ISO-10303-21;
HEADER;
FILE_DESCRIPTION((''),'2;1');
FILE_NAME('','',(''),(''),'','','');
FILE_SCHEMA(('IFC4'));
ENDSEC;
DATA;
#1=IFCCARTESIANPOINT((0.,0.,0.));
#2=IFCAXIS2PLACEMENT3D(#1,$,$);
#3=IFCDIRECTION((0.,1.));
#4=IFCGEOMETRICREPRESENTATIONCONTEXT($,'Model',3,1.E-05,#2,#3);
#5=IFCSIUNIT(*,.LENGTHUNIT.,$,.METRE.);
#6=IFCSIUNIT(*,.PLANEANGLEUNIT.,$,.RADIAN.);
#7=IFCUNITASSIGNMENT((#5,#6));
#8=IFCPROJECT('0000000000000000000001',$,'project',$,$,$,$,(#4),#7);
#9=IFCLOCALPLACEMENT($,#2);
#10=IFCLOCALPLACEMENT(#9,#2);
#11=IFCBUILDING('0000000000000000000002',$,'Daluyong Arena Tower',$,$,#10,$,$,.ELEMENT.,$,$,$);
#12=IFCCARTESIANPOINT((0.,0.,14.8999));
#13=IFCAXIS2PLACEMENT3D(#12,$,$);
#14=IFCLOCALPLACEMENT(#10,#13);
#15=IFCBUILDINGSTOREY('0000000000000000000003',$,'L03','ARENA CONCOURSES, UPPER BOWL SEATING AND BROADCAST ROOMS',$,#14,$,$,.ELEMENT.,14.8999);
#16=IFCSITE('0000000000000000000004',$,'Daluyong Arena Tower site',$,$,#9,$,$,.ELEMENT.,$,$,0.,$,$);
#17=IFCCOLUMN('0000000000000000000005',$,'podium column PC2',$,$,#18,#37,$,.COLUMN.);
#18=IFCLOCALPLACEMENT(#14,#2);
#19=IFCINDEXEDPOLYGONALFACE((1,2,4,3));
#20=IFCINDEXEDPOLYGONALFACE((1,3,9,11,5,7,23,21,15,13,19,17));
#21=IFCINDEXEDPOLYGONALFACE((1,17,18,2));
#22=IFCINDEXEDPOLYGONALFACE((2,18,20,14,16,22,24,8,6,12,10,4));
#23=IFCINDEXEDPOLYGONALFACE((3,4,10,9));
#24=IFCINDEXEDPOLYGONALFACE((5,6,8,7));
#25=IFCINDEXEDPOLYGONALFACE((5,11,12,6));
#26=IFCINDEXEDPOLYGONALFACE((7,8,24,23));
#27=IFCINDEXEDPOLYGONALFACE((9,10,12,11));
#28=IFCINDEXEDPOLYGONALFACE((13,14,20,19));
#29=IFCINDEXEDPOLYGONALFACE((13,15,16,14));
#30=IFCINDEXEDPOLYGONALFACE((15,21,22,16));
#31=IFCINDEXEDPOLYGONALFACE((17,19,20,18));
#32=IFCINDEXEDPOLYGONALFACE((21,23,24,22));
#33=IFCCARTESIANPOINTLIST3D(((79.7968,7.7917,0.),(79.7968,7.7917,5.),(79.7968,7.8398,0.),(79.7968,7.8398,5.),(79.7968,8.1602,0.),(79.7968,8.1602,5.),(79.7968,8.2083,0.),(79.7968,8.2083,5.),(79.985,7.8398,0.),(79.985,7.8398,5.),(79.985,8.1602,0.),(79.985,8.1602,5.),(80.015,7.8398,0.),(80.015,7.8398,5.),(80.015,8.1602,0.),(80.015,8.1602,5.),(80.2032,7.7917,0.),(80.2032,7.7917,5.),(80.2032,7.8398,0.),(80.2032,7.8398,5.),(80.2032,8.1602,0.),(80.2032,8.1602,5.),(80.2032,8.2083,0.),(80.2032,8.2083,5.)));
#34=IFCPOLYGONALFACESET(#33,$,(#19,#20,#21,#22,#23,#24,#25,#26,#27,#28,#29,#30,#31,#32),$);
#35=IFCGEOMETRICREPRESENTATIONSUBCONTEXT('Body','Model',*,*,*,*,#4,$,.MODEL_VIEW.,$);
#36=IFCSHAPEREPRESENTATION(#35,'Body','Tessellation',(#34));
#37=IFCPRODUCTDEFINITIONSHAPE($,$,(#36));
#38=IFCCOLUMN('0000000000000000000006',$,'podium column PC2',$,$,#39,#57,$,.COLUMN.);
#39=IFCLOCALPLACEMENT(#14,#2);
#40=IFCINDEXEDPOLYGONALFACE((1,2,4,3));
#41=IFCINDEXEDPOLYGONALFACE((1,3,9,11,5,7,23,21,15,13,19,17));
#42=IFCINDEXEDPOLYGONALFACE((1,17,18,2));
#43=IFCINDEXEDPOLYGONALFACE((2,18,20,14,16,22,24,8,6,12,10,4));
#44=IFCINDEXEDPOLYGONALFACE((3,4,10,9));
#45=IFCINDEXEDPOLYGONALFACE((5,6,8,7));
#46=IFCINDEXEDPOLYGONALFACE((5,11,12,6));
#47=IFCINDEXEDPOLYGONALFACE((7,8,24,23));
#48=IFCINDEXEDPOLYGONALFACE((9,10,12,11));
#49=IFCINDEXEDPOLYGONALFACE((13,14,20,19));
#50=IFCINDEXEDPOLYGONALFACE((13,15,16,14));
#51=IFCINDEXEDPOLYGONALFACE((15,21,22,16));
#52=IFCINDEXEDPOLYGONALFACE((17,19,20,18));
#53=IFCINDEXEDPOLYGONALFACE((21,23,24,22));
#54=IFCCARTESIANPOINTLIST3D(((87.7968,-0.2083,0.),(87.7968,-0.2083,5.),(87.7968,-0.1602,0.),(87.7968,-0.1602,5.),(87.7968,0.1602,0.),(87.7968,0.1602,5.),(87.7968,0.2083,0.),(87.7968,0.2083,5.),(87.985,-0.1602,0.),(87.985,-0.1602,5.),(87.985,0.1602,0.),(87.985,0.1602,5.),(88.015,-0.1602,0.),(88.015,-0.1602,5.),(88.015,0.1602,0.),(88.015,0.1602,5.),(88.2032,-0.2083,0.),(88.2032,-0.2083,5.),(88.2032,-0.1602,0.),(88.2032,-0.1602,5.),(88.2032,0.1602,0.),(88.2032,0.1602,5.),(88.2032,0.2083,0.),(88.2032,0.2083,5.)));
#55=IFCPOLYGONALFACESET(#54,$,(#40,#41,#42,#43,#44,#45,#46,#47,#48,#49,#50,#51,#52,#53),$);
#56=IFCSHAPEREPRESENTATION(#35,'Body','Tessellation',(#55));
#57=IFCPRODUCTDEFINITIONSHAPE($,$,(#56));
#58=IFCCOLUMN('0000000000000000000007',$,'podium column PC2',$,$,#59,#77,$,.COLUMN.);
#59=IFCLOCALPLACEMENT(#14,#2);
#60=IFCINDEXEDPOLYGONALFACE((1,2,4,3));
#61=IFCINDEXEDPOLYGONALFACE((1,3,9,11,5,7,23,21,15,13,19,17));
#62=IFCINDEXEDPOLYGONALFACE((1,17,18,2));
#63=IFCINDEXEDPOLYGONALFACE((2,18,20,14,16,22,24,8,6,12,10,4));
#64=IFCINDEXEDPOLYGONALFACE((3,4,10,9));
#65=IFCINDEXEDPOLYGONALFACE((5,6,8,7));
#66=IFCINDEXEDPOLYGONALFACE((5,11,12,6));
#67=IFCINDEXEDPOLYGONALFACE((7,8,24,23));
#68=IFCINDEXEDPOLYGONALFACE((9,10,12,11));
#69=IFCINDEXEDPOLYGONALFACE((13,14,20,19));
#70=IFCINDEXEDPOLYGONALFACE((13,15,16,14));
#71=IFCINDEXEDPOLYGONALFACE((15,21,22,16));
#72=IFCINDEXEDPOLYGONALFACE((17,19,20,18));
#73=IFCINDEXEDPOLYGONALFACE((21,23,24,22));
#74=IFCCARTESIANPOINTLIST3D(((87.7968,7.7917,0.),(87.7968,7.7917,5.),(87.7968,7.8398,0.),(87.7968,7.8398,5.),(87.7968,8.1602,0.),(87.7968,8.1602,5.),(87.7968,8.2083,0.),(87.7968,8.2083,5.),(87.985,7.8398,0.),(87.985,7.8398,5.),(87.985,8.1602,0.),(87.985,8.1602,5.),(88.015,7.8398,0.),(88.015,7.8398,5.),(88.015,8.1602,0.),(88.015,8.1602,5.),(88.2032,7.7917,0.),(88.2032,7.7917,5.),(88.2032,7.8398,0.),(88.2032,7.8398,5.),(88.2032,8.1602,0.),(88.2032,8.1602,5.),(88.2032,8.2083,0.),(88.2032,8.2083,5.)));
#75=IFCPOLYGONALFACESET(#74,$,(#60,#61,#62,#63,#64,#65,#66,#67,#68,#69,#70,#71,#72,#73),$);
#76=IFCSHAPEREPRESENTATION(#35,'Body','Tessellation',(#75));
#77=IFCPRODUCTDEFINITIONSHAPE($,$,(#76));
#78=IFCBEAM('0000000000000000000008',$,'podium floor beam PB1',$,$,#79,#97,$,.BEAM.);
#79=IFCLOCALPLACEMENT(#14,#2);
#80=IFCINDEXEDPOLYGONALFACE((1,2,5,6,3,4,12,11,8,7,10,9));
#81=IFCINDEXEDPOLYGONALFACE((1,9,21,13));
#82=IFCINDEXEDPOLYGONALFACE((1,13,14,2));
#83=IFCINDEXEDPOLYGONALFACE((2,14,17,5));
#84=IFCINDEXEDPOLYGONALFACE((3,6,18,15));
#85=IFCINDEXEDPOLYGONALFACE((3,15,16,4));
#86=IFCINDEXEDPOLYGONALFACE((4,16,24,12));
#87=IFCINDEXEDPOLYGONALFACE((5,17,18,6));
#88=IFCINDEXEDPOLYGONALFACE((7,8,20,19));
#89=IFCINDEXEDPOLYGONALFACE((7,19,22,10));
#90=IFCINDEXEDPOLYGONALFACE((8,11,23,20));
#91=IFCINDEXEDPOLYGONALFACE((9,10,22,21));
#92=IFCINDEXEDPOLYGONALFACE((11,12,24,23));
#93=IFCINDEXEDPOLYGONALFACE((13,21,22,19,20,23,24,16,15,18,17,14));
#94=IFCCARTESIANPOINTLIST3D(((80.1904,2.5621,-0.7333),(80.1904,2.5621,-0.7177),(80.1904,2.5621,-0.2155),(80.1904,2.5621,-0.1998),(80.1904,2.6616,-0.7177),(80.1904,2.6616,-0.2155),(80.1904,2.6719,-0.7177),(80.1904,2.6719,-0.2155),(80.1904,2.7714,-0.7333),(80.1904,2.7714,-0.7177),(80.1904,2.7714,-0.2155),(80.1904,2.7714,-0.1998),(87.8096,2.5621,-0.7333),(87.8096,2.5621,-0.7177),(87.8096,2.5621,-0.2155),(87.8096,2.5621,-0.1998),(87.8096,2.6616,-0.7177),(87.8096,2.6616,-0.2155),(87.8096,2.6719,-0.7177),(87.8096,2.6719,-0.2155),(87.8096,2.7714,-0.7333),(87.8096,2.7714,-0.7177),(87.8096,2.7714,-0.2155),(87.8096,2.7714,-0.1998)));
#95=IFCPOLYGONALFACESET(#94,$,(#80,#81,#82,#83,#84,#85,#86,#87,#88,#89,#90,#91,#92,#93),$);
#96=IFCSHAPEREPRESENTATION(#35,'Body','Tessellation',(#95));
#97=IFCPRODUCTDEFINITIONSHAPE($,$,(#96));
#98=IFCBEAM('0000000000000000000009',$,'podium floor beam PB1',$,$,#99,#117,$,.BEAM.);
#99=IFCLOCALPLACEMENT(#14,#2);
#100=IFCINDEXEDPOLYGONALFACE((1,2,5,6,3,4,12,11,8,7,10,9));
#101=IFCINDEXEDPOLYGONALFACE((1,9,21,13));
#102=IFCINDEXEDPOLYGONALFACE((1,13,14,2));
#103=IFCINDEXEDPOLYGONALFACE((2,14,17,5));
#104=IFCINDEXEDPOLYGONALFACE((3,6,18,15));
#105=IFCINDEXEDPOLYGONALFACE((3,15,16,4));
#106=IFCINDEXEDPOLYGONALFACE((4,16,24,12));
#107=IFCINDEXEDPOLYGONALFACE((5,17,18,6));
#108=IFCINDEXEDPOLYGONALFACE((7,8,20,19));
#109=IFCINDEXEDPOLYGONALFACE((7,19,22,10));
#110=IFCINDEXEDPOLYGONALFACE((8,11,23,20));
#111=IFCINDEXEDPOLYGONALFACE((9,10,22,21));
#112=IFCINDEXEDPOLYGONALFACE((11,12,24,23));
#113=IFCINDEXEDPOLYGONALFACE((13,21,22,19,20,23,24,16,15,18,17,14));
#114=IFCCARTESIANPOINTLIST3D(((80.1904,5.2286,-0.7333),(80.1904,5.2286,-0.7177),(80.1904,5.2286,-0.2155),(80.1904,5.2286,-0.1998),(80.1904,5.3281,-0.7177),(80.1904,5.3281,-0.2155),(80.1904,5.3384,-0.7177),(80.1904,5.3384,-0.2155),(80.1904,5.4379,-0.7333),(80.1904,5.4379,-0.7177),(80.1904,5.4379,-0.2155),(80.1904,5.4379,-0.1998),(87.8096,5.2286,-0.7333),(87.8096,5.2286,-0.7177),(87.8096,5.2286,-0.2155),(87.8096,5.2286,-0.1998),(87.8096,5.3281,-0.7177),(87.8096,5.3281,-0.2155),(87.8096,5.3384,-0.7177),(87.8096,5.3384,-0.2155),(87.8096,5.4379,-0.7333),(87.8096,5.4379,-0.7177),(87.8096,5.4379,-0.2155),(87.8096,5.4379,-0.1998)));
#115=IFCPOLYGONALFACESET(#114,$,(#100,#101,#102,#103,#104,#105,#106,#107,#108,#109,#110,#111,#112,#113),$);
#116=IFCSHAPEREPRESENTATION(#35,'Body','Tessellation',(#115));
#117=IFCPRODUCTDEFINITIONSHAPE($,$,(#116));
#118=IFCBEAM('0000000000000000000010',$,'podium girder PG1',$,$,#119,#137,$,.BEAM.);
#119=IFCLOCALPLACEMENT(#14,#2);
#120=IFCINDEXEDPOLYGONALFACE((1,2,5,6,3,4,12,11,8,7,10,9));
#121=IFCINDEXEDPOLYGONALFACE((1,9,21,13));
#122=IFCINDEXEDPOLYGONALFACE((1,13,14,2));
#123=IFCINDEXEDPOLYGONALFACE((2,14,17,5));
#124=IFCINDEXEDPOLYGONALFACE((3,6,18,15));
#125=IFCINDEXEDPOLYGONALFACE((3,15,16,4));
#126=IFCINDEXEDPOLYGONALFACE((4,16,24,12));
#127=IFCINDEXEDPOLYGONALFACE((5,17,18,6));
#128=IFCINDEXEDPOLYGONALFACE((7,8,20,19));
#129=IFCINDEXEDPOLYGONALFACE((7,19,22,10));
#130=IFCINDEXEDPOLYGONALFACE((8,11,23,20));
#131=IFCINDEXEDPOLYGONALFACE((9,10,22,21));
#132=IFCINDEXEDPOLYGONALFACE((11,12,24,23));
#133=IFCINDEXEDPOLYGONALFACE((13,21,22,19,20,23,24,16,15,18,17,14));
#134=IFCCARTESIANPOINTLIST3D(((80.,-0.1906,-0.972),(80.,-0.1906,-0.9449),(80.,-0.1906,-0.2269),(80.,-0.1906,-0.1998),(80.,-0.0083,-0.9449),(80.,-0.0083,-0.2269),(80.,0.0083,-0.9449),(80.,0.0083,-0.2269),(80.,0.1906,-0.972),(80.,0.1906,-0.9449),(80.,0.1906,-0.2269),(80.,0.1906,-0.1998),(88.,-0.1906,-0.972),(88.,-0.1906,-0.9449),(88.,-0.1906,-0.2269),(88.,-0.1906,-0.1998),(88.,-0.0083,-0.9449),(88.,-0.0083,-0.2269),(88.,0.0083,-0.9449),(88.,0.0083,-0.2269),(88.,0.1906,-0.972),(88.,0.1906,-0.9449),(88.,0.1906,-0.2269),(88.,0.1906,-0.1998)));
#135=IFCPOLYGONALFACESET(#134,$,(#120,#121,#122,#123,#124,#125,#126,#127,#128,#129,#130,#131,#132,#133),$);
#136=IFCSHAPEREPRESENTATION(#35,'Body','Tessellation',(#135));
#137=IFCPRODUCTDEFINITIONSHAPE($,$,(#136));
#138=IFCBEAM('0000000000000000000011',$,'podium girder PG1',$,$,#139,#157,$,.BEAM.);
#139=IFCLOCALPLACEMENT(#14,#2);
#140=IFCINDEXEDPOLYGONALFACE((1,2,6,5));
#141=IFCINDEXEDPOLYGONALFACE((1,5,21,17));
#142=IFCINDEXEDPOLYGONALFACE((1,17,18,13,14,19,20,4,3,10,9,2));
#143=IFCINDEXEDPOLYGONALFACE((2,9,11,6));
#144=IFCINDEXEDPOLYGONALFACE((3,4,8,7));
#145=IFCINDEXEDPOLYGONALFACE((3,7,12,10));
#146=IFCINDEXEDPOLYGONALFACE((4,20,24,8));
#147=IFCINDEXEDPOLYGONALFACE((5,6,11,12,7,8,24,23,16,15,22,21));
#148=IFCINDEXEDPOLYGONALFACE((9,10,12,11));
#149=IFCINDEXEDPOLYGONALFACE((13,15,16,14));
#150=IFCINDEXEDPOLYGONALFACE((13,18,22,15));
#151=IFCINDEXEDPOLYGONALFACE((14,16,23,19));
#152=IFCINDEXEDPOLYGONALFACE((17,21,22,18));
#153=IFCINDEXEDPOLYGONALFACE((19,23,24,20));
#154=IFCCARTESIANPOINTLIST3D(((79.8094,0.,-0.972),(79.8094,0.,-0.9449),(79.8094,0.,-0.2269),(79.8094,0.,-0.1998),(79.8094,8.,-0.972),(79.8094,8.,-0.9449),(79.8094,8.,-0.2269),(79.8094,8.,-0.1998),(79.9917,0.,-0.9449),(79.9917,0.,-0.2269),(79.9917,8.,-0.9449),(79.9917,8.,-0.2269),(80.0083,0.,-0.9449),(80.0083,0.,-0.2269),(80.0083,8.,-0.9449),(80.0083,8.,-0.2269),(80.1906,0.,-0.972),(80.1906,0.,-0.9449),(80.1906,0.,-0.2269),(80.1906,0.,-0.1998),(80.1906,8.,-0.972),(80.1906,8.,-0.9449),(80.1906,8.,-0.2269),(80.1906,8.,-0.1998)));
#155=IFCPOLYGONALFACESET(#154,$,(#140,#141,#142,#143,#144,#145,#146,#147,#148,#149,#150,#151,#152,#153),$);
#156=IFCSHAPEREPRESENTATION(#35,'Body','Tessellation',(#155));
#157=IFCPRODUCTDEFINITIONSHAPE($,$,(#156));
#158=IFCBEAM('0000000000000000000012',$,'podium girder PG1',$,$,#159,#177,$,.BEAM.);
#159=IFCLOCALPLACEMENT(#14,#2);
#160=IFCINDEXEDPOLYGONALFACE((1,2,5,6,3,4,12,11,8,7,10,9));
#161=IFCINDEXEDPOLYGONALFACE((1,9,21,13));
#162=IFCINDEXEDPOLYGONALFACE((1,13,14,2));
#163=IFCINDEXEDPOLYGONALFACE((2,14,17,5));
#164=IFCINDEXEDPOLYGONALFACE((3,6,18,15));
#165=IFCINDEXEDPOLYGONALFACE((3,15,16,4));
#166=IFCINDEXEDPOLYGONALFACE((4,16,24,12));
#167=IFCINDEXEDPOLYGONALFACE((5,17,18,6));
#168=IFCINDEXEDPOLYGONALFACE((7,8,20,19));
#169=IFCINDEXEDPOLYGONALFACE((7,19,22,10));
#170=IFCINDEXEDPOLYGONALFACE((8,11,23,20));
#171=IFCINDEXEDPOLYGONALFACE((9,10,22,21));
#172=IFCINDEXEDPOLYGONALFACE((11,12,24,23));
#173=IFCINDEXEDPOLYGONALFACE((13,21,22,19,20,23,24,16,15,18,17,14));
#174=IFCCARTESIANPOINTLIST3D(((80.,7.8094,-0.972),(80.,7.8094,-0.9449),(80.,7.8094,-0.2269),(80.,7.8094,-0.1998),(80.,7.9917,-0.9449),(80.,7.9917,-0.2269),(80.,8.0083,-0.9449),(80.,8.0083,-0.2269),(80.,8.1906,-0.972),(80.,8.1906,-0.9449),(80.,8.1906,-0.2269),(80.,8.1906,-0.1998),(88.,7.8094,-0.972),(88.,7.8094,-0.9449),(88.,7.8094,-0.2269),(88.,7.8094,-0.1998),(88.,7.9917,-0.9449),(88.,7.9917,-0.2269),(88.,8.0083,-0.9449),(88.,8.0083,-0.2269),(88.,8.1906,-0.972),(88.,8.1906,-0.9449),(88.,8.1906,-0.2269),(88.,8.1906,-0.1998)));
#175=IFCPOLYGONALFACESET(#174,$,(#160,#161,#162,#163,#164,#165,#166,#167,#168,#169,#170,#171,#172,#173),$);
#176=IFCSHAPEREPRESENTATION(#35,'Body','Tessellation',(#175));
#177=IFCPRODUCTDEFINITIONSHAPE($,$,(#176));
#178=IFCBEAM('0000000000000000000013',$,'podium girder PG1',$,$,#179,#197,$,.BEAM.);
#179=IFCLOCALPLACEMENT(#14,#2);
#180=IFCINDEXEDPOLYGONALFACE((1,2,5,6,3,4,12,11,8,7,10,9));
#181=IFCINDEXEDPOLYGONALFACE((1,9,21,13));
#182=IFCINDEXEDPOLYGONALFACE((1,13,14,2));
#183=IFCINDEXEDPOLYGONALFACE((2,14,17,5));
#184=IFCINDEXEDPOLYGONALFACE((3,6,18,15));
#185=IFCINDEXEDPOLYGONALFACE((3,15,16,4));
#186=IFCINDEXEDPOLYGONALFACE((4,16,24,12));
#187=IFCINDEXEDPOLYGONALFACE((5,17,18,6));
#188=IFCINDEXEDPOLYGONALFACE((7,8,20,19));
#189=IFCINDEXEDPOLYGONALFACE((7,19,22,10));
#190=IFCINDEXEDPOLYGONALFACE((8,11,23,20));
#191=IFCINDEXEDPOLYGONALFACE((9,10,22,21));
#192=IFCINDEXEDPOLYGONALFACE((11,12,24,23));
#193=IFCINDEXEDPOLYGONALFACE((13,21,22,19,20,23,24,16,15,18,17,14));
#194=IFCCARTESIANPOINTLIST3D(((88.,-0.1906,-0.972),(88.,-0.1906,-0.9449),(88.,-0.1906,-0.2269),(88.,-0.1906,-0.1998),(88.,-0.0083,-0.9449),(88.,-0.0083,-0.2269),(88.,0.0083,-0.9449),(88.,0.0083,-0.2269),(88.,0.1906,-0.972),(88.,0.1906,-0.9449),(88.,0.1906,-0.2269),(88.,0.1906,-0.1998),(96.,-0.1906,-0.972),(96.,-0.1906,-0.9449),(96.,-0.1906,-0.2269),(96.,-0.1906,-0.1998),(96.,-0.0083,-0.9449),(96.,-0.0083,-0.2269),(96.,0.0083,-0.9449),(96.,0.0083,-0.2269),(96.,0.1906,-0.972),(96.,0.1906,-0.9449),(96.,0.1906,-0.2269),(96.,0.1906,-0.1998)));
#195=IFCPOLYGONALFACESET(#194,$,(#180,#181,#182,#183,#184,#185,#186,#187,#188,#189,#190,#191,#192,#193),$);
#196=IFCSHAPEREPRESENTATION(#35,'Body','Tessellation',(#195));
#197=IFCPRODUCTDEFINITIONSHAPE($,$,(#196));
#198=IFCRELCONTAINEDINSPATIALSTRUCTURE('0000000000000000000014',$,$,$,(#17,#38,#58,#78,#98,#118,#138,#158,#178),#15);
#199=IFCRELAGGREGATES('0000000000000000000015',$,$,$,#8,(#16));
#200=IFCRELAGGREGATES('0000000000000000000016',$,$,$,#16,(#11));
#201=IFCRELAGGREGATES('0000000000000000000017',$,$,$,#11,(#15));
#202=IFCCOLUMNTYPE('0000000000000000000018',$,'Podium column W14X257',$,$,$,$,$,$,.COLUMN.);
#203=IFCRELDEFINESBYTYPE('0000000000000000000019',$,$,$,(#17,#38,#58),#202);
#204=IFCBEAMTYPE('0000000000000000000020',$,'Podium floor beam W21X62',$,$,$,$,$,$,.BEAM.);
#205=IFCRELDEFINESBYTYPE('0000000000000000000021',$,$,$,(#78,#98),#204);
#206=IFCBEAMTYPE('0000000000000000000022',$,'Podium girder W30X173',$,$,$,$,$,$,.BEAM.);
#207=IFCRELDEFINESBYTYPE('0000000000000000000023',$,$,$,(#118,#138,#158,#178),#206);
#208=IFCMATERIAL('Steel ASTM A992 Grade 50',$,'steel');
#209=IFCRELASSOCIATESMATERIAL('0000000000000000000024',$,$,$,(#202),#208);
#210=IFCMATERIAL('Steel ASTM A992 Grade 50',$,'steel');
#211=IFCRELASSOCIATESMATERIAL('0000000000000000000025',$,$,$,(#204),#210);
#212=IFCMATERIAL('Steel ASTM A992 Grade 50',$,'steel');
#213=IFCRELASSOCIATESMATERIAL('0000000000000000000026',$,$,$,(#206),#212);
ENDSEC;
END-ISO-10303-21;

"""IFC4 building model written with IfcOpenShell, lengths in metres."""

from ifc_helpers import new_model, si_unit, direction, frame, origin, origin_2d, place, context, subcontext, project, spatial, i_section, extrude, material, material_profile, profile_set, type_object, element, save


model = new_model("IFC4")

# Units and contexts
model_context = context("Model", 3, precision=1e-05, world=origin(), true_north=direction((0.0, 1.0)))
body_context = subcontext(model_context, "Body", "Model", "MODEL_VIEW")
ifc_project = project(units=[si_unit("LENGTHUNIT", "METRE"), si_unit("PLANEANGLEUNIT", "RADIAN")], contexts=[model_context])

# Site, building, storey
site_placement = place(None, origin())
site = spatial("IfcSite", under=ifc_project, at=site_placement, Name="Daluyong Arena Tower site", CompositionType="ELEMENT", RefElevation=0.0)
building_placement = place(site_placement, origin())
building = spatial("IfcBuilding", under=site, at=building_placement, Name="Daluyong Arena Tower", CompositionType="ELEMENT")
storey_placement = place(building_placement, frame((0.0, 0.0, 14.8999)))
storey = spatial("IfcBuildingStorey", under=building, at=storey_placement, Name="L03", Description="ARENA CONCOURSES, UPPER BOWL SEATING AND BROADCAST ROOMS", CompositionType="ELEMENT", Elevation=14.8999)

# Columns
ifc_material_1 = material(Name="Steel ASTM A992 Grade 50", Category="steel")
ifc_material_profile_1 = material_profile(ifc_material_1, i_section(OverallWidth=0.4065, OverallDepth=0.4165, WebThickness=0.03, FlangeThickness=0.0481, at=origin_2d()))
ifc_profile_set_1 = profile_set([ifc_material_profile_1], Name="Steel ASTM A992 Grade 50")
column_type = type_object("IfcColumnType", Name="Podium column W14X257", PredefinedType="COLUMN", material=ifc_profile_set_1)
for number, where, z_axis, x_axis, name in (
    (1, (80.0, 8.0, 0.0), (0.0, 0.0, 1.0), (1.0, 0.0, 0.0), "podium column PC2"),
    (2, (88.0, 0.0, 0.0), (0.0, 0.0, 1.0), (1.0, 0.0, 0.0), "podium column PC2"),
    (3, (88.0, 8.0, 0.0), (0.0, 0.0, 1.0), (1.0, 0.0, 0.0), "podium column PC2"),
):
    element("IfcColumn", number, at=place(storey_placement, frame(where, z_axis=z_axis, x_axis=x_axis)), inside=storey, type_object=column_type, Name=name, PredefinedType="COLUMN", context=body_context, shape_type="SweptSolid", body=[
        extrude(i_section(OverallWidth=0.4065, OverallDepth=0.4165, WebThickness=0.03, FlangeThickness=0.0481, at=origin_2d()), origin(), (0.0, 0.0, 1.0), 5.0),
    ])

# Beams
ifc_material_2 = material(Name="Steel ASTM A992 Grade 50", Category="steel")
ifc_material_profile_2 = material_profile(ifc_material_2, i_section(OverallWidth=0.2092, OverallDepth=0.5334, WebThickness=0.0103, FlangeThickness=0.0156, at=origin_2d()))
ifc_profile_set_2 = profile_set([ifc_material_profile_2], Name="Steel ASTM A992 Grade 50")
beam_type_1 = type_object("IfcBeamType", Name="Podium floor beam W21X62", PredefinedType="BEAM", material=ifc_profile_set_2)
for number, where, z_axis, x_axis, name in (
    (4, (80.1904, 2.6667, -0.4666), (1.0, 0.0, 0.0), (0.0, 1.0, 0.0), "podium floor beam PB1"),
    (5, (80.1904, 5.3333, -0.4666), (1.0, 0.0, 0.0), (0.0, 1.0, 0.0), "podium floor beam PB1"),
):
    element("IfcBeam", number, at=place(storey_placement, frame(where, z_axis=z_axis, x_axis=x_axis)), inside=storey, type_object=beam_type_1, Name=name, PredefinedType="BEAM", context=body_context, shape_type="SweptSolid", body=[
        extrude(i_section(OverallWidth=0.2092, OverallDepth=0.5334, WebThickness=0.0103, FlangeThickness=0.0156, at=origin_2d()), origin(), (0.0, 0.0, 1.0), 7.6191),
    ])
ifc_material_3 = material(Name="Steel ASTM A992 Grade 50", Category="steel")
ifc_material_profile_3 = material_profile(ifc_material_3, i_section(OverallWidth=0.3811, OverallDepth=0.7722, WebThickness=0.0166, FlangeThickness=0.0271, at=origin_2d()))
ifc_profile_set_3 = profile_set([ifc_material_profile_3], Name="Steel ASTM A992 Grade 50")
beam_type_2 = type_object("IfcBeamType", Name="Podium girder W30X173", PredefinedType="BEAM", material=ifc_profile_set_3)
for number, where, z_axis, x_axis, name in (
    (6, (80.0, 0.0, -0.5859), (1.0, 0.0, 0.0), (0.0, 1.0, 0.0), "podium girder PG1"),
    (7, (80.0, 0.0, -0.5859), (0.0, 1.0, 0.0), (-1.0, 0.0, 0.0), "podium girder PG1"),
    (8, (80.0, 8.0, -0.5859), (1.0, 0.0, 0.0), (0.0, 1.0, 0.0), "podium girder PG1"),
    (9, (88.0, 0.0, -0.5859), (1.0, 0.0, 0.0), (0.0, 1.0, 0.0), "podium girder PG1"),
):
    element("IfcBeam", number, at=place(storey_placement, frame(where, z_axis=z_axis, x_axis=x_axis)), inside=storey, type_object=beam_type_2, Name=name, PredefinedType="BEAM", context=body_context, shape_type="SweptSolid", body=[
        extrude(i_section(OverallWidth=0.3811, OverallDepth=0.7722, WebThickness=0.0166, FlangeThickness=0.0271, at=origin_2d()), origin(), (0.0, 0.0, 1.0), 8.0),
    ])

save(model, "model.ifc")
